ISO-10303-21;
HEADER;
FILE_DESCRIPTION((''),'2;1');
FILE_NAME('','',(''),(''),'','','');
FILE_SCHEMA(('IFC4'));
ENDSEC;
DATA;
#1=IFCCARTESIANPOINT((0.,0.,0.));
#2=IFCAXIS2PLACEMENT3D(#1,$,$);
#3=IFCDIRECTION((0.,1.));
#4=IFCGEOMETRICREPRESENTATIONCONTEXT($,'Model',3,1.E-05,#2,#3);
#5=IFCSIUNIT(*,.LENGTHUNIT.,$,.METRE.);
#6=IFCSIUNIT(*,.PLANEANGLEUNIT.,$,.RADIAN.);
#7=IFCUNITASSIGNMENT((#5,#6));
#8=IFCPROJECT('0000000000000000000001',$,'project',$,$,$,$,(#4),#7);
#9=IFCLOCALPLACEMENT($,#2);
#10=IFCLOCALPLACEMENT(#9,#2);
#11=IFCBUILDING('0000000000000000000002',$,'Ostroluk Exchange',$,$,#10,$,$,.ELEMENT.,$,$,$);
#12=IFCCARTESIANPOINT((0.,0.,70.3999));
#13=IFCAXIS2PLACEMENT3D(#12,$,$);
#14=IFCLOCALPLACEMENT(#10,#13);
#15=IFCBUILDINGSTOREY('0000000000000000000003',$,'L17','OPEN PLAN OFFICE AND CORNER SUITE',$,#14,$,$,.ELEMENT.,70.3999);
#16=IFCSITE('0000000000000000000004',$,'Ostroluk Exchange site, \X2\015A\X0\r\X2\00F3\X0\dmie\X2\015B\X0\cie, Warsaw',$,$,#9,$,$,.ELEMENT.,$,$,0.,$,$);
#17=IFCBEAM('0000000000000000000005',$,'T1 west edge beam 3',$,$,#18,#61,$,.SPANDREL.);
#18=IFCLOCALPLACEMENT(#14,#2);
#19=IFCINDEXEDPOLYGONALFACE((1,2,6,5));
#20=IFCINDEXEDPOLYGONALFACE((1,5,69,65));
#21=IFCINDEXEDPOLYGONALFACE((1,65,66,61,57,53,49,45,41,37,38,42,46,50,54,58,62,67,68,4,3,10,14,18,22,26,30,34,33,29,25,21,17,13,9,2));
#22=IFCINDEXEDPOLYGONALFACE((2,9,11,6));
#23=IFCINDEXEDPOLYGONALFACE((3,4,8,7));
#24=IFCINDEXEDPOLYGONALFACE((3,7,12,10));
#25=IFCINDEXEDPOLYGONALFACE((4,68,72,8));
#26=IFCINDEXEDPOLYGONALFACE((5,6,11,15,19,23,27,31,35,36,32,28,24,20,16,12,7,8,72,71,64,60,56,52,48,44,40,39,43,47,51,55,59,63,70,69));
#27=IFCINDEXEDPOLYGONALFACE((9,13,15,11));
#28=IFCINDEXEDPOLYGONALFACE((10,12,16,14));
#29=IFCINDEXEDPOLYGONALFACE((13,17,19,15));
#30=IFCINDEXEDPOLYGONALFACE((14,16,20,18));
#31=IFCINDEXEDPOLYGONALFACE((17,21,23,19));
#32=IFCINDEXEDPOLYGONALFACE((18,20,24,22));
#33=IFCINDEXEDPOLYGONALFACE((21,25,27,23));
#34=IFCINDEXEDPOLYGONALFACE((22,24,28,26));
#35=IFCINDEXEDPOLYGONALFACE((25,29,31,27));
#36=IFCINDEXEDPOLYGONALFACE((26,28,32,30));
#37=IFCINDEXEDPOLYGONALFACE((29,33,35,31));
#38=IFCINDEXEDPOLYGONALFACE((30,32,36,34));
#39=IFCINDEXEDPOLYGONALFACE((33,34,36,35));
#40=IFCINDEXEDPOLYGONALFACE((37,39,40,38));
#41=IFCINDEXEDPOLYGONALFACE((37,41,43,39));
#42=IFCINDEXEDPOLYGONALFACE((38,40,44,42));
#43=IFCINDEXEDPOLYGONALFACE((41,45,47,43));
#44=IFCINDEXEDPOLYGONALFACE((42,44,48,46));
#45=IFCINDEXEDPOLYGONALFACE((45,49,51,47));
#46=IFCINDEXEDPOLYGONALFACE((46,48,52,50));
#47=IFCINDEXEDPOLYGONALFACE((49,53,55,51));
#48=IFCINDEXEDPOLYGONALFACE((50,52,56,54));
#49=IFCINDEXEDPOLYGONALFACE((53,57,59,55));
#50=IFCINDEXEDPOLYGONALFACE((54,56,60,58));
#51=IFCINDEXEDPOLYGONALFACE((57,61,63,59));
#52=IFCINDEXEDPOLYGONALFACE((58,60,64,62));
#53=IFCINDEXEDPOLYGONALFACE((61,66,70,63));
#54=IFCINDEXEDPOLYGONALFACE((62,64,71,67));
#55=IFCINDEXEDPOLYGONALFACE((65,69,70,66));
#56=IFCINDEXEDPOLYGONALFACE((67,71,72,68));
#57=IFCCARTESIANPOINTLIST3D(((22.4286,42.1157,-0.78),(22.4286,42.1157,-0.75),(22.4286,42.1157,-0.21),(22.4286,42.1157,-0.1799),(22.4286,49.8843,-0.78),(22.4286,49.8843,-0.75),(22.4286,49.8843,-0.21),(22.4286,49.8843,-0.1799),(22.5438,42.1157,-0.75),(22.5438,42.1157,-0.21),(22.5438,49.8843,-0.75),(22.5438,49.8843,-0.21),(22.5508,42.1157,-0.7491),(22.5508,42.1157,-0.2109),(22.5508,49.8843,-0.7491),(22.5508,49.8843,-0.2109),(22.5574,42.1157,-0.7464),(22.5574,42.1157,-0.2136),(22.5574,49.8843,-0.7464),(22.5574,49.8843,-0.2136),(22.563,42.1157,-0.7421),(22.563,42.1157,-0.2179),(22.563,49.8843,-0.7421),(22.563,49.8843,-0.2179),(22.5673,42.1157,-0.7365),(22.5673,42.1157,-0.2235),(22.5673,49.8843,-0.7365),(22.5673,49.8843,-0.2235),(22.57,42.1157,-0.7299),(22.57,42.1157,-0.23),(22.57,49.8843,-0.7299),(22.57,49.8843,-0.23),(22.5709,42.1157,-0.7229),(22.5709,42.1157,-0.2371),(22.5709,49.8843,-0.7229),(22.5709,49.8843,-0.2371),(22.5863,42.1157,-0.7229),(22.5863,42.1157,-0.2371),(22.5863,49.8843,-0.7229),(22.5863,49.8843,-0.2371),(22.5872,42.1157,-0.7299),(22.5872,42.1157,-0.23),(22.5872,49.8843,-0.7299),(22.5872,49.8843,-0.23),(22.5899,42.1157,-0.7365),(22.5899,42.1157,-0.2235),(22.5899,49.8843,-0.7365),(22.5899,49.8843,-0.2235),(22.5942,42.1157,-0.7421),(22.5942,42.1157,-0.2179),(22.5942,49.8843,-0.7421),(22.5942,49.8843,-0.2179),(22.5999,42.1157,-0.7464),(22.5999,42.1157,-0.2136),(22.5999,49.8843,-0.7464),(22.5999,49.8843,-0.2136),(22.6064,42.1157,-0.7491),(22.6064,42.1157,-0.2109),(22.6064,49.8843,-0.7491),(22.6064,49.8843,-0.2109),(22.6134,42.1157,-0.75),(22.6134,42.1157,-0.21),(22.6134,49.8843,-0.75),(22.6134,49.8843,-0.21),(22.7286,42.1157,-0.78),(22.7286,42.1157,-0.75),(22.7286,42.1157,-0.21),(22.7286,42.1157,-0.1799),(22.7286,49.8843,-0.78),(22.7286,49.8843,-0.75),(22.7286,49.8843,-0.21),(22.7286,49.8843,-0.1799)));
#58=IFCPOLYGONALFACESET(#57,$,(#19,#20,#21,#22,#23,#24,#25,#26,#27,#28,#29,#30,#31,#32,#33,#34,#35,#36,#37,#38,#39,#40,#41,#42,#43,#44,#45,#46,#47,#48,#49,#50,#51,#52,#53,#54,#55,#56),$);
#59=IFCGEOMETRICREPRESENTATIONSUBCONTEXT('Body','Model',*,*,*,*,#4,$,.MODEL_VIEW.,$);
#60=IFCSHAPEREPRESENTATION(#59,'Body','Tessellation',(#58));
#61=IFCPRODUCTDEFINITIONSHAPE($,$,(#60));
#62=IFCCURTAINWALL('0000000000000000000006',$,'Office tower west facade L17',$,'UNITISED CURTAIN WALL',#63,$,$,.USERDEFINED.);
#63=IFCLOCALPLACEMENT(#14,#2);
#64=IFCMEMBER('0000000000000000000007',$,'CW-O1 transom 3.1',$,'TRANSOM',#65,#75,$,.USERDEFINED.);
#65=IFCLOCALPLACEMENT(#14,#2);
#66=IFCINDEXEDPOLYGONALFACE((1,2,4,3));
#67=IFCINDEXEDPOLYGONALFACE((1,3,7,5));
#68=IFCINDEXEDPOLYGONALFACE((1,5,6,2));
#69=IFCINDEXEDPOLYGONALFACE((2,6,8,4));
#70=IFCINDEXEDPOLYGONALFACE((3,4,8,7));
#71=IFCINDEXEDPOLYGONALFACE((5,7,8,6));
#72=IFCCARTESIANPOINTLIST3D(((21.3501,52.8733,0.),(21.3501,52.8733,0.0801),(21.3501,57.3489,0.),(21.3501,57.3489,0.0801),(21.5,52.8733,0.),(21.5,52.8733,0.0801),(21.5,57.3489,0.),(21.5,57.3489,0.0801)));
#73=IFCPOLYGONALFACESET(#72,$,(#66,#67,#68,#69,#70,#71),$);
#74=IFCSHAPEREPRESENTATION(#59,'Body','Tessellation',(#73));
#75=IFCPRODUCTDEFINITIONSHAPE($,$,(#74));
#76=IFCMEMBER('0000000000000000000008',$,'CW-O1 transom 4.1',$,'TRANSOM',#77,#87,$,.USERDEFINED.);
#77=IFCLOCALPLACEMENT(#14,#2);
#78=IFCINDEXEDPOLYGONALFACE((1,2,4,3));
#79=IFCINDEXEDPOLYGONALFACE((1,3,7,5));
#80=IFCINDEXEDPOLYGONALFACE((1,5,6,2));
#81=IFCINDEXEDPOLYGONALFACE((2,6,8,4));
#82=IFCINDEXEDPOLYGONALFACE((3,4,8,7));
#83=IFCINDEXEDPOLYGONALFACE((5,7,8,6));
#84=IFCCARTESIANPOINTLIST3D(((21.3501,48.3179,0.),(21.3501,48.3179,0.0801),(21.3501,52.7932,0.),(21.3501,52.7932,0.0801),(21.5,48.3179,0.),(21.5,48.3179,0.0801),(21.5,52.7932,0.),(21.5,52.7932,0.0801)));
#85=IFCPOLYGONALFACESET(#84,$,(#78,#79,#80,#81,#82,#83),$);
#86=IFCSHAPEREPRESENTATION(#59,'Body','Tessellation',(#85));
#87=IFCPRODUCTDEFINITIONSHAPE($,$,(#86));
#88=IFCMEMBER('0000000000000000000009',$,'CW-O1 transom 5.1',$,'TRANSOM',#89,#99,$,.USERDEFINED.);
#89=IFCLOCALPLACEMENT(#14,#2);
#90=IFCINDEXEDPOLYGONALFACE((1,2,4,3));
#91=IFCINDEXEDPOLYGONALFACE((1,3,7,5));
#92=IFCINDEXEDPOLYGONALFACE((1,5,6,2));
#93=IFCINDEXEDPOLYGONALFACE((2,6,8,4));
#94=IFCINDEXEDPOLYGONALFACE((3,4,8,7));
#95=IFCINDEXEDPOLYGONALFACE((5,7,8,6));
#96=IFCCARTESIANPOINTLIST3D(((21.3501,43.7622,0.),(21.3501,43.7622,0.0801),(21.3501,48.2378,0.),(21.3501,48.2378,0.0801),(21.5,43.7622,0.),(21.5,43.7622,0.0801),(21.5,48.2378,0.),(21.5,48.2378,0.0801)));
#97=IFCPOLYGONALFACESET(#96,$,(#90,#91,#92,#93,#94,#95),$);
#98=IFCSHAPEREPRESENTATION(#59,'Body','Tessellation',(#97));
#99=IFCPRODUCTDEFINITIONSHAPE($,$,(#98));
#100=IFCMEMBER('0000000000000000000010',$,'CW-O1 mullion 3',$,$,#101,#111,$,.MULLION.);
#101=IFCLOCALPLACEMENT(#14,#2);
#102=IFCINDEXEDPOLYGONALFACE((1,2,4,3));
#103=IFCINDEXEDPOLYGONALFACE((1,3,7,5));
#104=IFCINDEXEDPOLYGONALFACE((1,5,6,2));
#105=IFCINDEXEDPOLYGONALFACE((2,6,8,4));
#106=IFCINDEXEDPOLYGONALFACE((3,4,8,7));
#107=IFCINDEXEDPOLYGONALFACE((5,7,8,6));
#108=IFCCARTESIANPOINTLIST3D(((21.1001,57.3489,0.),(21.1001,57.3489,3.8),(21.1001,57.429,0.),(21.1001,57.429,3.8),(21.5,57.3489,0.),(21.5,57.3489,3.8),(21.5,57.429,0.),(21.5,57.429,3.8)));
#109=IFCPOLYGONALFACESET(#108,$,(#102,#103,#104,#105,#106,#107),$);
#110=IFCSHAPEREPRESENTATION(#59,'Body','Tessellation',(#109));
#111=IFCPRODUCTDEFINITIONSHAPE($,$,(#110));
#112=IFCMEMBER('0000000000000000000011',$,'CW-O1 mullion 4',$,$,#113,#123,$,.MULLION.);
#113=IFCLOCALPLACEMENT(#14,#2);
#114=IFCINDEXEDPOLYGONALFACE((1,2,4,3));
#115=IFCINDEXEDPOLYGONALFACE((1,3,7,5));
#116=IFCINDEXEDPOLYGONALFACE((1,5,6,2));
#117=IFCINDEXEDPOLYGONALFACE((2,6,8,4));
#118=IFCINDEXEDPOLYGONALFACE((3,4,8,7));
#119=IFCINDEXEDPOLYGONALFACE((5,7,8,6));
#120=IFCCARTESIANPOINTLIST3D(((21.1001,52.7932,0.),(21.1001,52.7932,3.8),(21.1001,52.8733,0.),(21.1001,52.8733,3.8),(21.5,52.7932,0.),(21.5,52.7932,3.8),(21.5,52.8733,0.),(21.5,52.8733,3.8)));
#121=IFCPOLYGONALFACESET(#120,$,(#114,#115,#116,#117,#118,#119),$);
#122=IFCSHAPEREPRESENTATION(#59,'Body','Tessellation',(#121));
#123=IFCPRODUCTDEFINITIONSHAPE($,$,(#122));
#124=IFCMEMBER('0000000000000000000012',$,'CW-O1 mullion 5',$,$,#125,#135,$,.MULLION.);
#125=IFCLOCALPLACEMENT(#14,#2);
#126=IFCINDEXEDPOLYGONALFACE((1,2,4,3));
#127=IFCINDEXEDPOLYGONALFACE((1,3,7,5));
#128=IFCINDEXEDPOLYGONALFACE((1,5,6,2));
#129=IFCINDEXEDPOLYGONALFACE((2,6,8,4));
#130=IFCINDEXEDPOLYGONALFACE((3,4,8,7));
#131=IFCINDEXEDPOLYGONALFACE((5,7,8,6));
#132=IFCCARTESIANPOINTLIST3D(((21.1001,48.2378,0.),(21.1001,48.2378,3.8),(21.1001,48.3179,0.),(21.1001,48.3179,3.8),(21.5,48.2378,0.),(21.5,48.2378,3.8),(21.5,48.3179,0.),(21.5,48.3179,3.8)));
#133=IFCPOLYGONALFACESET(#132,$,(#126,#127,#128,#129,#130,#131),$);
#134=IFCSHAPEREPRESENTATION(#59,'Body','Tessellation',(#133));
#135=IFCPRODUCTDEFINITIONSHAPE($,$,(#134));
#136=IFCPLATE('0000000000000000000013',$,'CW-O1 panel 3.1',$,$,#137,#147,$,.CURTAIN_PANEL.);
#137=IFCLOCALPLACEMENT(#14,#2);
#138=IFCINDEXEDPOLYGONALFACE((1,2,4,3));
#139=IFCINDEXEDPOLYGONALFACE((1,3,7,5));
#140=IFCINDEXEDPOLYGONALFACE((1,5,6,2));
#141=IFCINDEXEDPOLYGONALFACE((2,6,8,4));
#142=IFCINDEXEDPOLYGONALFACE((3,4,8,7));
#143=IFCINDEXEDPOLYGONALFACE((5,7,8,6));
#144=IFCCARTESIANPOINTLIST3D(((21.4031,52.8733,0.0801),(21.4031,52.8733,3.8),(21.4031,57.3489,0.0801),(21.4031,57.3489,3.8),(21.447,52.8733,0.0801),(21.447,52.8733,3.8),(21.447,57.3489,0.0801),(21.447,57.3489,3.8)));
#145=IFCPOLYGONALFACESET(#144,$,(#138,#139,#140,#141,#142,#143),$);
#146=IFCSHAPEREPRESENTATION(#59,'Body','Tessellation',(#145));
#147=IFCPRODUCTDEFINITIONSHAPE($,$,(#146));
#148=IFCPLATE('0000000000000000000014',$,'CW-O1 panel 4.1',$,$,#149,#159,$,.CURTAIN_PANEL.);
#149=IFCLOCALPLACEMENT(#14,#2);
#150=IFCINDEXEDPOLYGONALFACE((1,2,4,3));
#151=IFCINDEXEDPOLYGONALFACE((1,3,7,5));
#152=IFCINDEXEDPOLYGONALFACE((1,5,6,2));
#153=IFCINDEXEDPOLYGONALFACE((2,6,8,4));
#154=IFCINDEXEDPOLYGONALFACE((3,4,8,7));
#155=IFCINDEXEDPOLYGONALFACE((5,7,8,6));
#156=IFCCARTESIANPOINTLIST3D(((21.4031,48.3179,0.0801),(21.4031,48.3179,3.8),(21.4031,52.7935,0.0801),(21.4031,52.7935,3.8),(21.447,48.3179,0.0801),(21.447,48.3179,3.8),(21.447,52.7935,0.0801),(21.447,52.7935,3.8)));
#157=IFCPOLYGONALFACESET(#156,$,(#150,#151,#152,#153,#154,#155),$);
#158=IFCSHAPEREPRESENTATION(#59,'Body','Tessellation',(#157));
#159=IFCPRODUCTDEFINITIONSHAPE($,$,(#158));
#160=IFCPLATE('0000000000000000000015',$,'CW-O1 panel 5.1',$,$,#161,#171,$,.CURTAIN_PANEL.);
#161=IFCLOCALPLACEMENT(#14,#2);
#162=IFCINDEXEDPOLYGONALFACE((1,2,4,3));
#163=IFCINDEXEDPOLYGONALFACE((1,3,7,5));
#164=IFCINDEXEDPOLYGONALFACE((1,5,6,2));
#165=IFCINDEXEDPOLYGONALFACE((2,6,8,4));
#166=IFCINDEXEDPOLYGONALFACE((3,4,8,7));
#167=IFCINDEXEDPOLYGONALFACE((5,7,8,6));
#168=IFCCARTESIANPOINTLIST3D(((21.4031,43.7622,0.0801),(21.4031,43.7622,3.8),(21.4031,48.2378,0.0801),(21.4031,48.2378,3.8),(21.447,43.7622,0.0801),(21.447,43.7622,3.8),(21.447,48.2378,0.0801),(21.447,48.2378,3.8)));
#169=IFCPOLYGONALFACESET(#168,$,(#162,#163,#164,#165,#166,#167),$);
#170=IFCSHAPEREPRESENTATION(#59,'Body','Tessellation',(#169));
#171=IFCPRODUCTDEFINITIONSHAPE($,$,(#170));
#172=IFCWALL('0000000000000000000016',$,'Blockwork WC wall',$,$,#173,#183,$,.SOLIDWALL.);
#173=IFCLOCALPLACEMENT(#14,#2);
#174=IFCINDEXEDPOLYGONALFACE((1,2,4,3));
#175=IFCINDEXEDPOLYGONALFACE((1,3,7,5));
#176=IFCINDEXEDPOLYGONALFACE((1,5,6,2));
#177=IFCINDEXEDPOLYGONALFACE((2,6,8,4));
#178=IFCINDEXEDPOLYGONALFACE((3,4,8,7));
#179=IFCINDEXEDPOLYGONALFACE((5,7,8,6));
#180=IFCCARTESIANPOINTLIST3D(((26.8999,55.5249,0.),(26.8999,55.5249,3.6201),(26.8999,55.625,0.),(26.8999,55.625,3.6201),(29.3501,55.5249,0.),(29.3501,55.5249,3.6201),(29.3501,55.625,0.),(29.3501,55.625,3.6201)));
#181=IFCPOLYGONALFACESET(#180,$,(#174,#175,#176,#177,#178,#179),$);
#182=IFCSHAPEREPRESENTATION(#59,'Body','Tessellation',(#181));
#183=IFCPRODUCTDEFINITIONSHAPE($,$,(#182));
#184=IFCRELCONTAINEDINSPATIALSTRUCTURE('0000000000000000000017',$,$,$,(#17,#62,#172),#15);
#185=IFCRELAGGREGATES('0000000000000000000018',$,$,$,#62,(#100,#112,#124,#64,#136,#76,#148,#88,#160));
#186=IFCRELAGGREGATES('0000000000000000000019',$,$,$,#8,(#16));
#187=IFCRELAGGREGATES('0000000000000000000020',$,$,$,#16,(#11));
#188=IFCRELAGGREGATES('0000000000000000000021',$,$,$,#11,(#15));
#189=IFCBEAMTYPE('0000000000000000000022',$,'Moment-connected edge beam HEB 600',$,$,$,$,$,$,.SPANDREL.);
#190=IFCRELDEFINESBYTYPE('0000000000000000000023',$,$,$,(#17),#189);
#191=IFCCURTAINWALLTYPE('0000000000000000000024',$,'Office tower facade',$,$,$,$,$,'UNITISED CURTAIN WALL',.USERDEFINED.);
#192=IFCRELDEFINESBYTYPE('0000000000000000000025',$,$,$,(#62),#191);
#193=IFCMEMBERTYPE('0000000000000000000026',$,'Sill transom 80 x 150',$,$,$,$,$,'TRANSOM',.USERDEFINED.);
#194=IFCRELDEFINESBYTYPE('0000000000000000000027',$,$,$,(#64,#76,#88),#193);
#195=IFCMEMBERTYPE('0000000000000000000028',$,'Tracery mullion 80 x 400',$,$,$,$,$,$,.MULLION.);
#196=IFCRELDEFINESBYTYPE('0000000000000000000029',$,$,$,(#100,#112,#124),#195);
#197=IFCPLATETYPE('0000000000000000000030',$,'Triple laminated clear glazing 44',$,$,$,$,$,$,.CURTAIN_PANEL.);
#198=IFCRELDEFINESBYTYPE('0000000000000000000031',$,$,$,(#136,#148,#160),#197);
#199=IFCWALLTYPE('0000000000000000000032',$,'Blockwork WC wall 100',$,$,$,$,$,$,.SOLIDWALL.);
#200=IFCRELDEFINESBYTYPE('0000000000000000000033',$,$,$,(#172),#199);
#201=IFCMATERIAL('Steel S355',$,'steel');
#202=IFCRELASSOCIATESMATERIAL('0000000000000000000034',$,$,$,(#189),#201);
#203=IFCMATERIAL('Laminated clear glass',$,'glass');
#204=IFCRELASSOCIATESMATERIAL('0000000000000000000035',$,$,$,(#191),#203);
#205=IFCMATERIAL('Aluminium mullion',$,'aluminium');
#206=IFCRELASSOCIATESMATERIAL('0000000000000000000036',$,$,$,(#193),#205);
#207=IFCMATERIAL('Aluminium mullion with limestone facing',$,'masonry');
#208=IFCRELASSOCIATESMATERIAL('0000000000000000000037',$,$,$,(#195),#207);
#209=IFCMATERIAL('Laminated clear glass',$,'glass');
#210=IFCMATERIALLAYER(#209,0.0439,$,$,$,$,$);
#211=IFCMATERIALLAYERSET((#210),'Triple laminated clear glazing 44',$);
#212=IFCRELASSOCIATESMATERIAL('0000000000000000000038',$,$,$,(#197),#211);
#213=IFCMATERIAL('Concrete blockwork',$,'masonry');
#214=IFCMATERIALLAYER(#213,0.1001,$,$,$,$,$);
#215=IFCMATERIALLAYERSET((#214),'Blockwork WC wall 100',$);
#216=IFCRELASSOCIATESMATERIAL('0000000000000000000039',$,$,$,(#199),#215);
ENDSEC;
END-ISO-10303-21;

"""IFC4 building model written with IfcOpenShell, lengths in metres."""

from ifc_helpers import new_model, si_unit, direction, frame, frame_2d, origin, origin_2d, place, context, subcontext, project, spatial, rectangle, i_section, extrude, material, layer, layer_set, material_profile, profile_set, type_object, element, aggregate, save


model = new_model("IFC4")

# Units and contexts
model_context = context("Model", 3, precision=1e-05, world=origin(), true_north=direction((0.0, 1.0)))
body_context = subcontext(model_context, "Body", "Model", "MODEL_VIEW")
ifc_project = project(units=[si_unit("LENGTHUNIT", "METRE"), si_unit("PLANEANGLEUNIT", "RADIAN")], contexts=[model_context])

# Site, building, storey
site_placement = place(None, origin())
site = spatial("IfcSite", under=ifc_project, at=site_placement, Name="Ostroluk Exchange site, Śródmieście, Warsaw", CompositionType="ELEMENT", RefElevation=0.0)
building_placement = place(site_placement, origin())
building = spatial("IfcBuilding", under=site, at=building_placement, Name="Ostroluk Exchange", CompositionType="ELEMENT")
storey_placement = place(building_placement, frame((0.0, 0.0, 70.3999)))
storey = spatial("IfcBuildingStorey", under=building, at=storey_placement, Name="L17", Description="OPEN PLAN OFFICE AND CORNER SUITE", CompositionType="ELEMENT", Elevation=70.3999)

# Beam
ifc_material_1 = material(Name="Steel S355", Category="steel")
ifc_material_profile_1 = material_profile(ifc_material_1, i_section(OverallWidth=0.3, OverallDepth=0.6001, WebThickness=0.0154, FlangeThickness=0.03, FilletRadius=0.0271, at=origin_2d()), Name="HEB 600")
ifc_profile_set_1 = profile_set([ifc_material_profile_1], Name="Steel S355")
beam_type_1 = type_object("IfcBeamType", Name="Moment-connected edge beam HEB 600", PredefinedType="SPANDREL", material=ifc_profile_set_1)
for number, where, z_axis, x_axis, name in (
    (1, (22.5786, 49.8843, -0.48), (0.0, -1.0, 0.0), (1.0, 0.0, 0.0), "T1 west edge beam 3"),
):
    element("IfcBeam", number, at=place(storey_placement, frame(where, z_axis=z_axis, x_axis=x_axis)), inside=storey, type_object=beam_type_1, Name=name, PredefinedType="SPANDREL", context=body_context, shape_type="SweptSolid", body=[
        extrude(i_section(OverallWidth=0.3, OverallDepth=0.6001, WebThickness=0.0154, FlangeThickness=0.03, FilletRadius=0.0271, at=origin_2d()), origin(), (0.0, 0.0, 1.0), 7.7686),
    ])

# Curtain wall, members, plates
ifc_material_2 = material(Name="Laminated clear glass", Category="glass")
curtain_wall_type = type_object("IfcCurtainWallType", Name="Office tower facade", ElementType="UNITISED CURTAIN WALL", PredefinedType="USERDEFINED", material=ifc_material_2)
curtain_wall_placement = place(storey_placement, origin())
curtain_wall = element("IfcCurtainWall", 2, at=curtain_wall_placement, inside=storey, type_object=curtain_wall_type, Name="Office tower west facade L17", ObjectType="UNITISED CURTAIN WALL", PredefinedType="USERDEFINED")
ifc_material_3 = material(Name="Aluminium mullion", Category="aluminium")
ifc_material_profile_2 = material_profile(ifc_material_3, rectangle(XDim=0.1499, YDim=0.0801, at=origin_2d()), Name="Sill transom 80 x 150")
ifc_profile_set_2 = profile_set([ifc_material_profile_2], Name="Aluminium mullion")
member_type_1 = type_object("IfcMemberType", Name="Sill transom 80 x 150", ElementType="TRANSOM", PredefinedType="USERDEFINED", material=ifc_profile_set_2)
member_1_placement = place(storey_placement, frame((21.425, 57.3489, 0.04), z_axis=(0.0, -1.0, 0.0), x_axis=(1.0, 0.0, 0.0)))
member_1 = element("IfcMember", 3, at=member_1_placement, type_object=member_type_1, Name="CW-O1 transom 3.1", ObjectType="TRANSOM", PredefinedType="USERDEFINED", context=body_context, shape_type="SweptSolid", body=[
    extrude(rectangle(XDim=0.1499, YDim=0.0801, at=origin_2d()), origin(), (0.0, 0.0, 1.0), 4.4756),
])
member_2_placement = place(storey_placement, frame((21.425, 52.7932, 0.04), z_axis=(0.0, -1.0, 0.0), x_axis=(1.0, 0.0, 0.0)))
member_2 = element("IfcMember", 4, at=member_2_placement, type_object=member_type_1, Name="CW-O1 transom 4.1", ObjectType="TRANSOM", PredefinedType="USERDEFINED", context=body_context, shape_type="SweptSolid", body=[
    extrude(rectangle(XDim=0.1499, YDim=0.0801, at=origin_2d()), origin(), (0.0, 0.0, 1.0), 4.4753),
])
member_3_placement = place(storey_placement, frame((21.425, 48.2378, 0.04), z_axis=(0.0, -1.0, 0.0), x_axis=(1.0, 0.0, 0.0)))
member_3 = element("IfcMember", 5, at=member_3_placement, type_object=member_type_1, Name="CW-O1 transom 5.1", ObjectType="TRANSOM", PredefinedType="USERDEFINED", context=body_context, shape_type="SweptSolid", body=[
    extrude(rectangle(XDim=0.1499, YDim=0.0801, at=origin_2d()), origin(), (0.0, 0.0, 1.0), 4.4756),
])
ifc_material_4 = material(Name="Aluminium mullion with limestone facing", Category="masonry")
ifc_material_profile_3 = material_profile(ifc_material_4, rectangle(XDim=0.3999, YDim=0.0801, at=origin_2d()), Name="Tracery mullion 80 x 400")
ifc_profile_set_3 = profile_set([ifc_material_profile_3], Name="Aluminium mullion with limestone facing")
member_type_2 = type_object("IfcMemberType", Name="Tracery mullion 80 x 400", PredefinedType="MULLION", material=ifc_profile_set_3)
member_4_placement = place(storey_placement, frame((21.3, 57.3889, 0.0), z_axis=(0.0, 0.0, 1.0), x_axis=(1.0, 0.0, 0.0)))
member_4 = element("IfcMember", 6, at=member_4_placement, type_object=member_type_2, Name="CW-O1 mullion 3", PredefinedType="MULLION", context=body_context, shape_type="SweptSolid", body=[
    extrude(rectangle(XDim=0.3999, YDim=0.0801, at=origin_2d()), origin(), (0.0, 0.0, 1.0), 3.8),
])
member_5_placement = place(storey_placement, frame((21.3, 52.8333, 0.0), z_axis=(0.0, 0.0, 1.0), x_axis=(1.0, 0.0, 0.0)))
member_5 = element("IfcMember", 7, at=member_5_placement, type_object=member_type_2, Name="CW-O1 mullion 4", PredefinedType="MULLION", context=body_context, shape_type="SweptSolid", body=[
    extrude(rectangle(XDim=0.3999, YDim=0.0801, at=origin_2d()), origin(), (0.0, 0.0, 1.0), 3.8),
])
member_6_placement = place(storey_placement, frame((21.3, 48.2778, 0.0), z_axis=(0.0, 0.0, 1.0), x_axis=(1.0, 0.0, 0.0)))
member_6 = element("IfcMember", 8, at=member_6_placement, type_object=member_type_2, Name="CW-O1 mullion 5", PredefinedType="MULLION", context=body_context, shape_type="SweptSolid", body=[
    extrude(rectangle(XDim=0.3999, YDim=0.0801, at=origin_2d()), origin(), (0.0, 0.0, 1.0), 3.8),
])
ifc_material_5 = material(Name="Laminated clear glass", Category="glass")
ifc_layer_1 = layer(ifc_material_5, 0.0439)
ifc_layer_set_1 = layer_set([ifc_layer_1], Name="Triple laminated clear glazing 44")
plate_type = type_object("IfcPlateType", Name="Triple laminated clear glazing 44", PredefinedType="CURTAIN_PANEL", material=ifc_layer_set_1)
plate_1_placement = place(storey_placement, frame((21.425, 55.1111, 0.0801), z_axis=(0.0, 0.0, 1.0), x_axis=(0.0, -1.0, 0.0)))
plate_1 = element("IfcPlate", 9, at=plate_1_placement, type_object=plate_type, Name="CW-O1 panel 3.1", PredefinedType="CURTAIN_PANEL", context=body_context, shape_type="SweptSolid", body=[
    extrude(rectangle(XDim=4.4756, YDim=0.0439, at=origin_2d()), origin(), (0.0, 0.0, 1.0), 3.72),
])
plate_2_placement = place(storey_placement, frame((21.425, 50.5557, 0.0801), z_axis=(0.0, 0.0, 1.0), x_axis=(0.0, -1.0, 0.0)))
plate_2 = element("IfcPlate", 10, at=plate_2_placement, type_object=plate_type, Name="CW-O1 panel 4.1", PredefinedType="CURTAIN_PANEL", context=body_context, shape_type="SweptSolid", body=[
    extrude(rectangle(XDim=4.4756, YDim=0.0439, at=origin_2d()), origin(), (0.0, 0.0, 1.0), 3.72),
])
plate_3_placement = place(storey_placement, frame((21.425, 46.0, 0.0801), z_axis=(0.0, 0.0, 1.0), x_axis=(0.0, -1.0, 0.0)))
plate_3 = element("IfcPlate", 11, at=plate_3_placement, type_object=plate_type, Name="CW-O1 panel 5.1", PredefinedType="CURTAIN_PANEL", context=body_context, shape_type="SweptSolid", body=[
    extrude(rectangle(XDim=4.4756, YDim=0.0439, at=origin_2d()), origin(), (0.0, 0.0, 1.0), 3.72),
])
aggregate(curtain_wall, [member_4, member_5, member_6, member_1, plate_1, member_2, plate_2, member_3, plate_3])

# Wall
ifc_material_6 = material(Name="Concrete blockwork", Category="masonry")
ifc_layer_2 = layer(ifc_material_6, 0.1001)
ifc_layer_set_2 = layer_set([ifc_layer_2], Name="Blockwork WC wall 100")
wall_type_1 = type_object("IfcWallType", Name="Blockwork WC wall 100", PredefinedType="SOLIDWALL", material=ifc_layer_set_2)
for number, where, z_axis, x_axis, name in (
    (12, (29.3501, 55.575, 0.0), (0.0, 0.0, 1.0), (-1.0, 0.0, 0.0), "Blockwork WC wall"),
):
    element("IfcWall", number, at=place(storey_placement, frame(where, z_axis=z_axis, x_axis=x_axis)), inside=storey, type_object=wall_type_1, Name=name, PredefinedType="SOLIDWALL", context=body_context, shape_type="SweptSolid", body=[
        extrude(rectangle(XDim=2.4502, YDim=0.1001, at=frame_2d((1.2251, 0.0))), origin(), (0.0, 0.0, 1.0), 3.6201),
    ])

save(model, "model.ifc")
